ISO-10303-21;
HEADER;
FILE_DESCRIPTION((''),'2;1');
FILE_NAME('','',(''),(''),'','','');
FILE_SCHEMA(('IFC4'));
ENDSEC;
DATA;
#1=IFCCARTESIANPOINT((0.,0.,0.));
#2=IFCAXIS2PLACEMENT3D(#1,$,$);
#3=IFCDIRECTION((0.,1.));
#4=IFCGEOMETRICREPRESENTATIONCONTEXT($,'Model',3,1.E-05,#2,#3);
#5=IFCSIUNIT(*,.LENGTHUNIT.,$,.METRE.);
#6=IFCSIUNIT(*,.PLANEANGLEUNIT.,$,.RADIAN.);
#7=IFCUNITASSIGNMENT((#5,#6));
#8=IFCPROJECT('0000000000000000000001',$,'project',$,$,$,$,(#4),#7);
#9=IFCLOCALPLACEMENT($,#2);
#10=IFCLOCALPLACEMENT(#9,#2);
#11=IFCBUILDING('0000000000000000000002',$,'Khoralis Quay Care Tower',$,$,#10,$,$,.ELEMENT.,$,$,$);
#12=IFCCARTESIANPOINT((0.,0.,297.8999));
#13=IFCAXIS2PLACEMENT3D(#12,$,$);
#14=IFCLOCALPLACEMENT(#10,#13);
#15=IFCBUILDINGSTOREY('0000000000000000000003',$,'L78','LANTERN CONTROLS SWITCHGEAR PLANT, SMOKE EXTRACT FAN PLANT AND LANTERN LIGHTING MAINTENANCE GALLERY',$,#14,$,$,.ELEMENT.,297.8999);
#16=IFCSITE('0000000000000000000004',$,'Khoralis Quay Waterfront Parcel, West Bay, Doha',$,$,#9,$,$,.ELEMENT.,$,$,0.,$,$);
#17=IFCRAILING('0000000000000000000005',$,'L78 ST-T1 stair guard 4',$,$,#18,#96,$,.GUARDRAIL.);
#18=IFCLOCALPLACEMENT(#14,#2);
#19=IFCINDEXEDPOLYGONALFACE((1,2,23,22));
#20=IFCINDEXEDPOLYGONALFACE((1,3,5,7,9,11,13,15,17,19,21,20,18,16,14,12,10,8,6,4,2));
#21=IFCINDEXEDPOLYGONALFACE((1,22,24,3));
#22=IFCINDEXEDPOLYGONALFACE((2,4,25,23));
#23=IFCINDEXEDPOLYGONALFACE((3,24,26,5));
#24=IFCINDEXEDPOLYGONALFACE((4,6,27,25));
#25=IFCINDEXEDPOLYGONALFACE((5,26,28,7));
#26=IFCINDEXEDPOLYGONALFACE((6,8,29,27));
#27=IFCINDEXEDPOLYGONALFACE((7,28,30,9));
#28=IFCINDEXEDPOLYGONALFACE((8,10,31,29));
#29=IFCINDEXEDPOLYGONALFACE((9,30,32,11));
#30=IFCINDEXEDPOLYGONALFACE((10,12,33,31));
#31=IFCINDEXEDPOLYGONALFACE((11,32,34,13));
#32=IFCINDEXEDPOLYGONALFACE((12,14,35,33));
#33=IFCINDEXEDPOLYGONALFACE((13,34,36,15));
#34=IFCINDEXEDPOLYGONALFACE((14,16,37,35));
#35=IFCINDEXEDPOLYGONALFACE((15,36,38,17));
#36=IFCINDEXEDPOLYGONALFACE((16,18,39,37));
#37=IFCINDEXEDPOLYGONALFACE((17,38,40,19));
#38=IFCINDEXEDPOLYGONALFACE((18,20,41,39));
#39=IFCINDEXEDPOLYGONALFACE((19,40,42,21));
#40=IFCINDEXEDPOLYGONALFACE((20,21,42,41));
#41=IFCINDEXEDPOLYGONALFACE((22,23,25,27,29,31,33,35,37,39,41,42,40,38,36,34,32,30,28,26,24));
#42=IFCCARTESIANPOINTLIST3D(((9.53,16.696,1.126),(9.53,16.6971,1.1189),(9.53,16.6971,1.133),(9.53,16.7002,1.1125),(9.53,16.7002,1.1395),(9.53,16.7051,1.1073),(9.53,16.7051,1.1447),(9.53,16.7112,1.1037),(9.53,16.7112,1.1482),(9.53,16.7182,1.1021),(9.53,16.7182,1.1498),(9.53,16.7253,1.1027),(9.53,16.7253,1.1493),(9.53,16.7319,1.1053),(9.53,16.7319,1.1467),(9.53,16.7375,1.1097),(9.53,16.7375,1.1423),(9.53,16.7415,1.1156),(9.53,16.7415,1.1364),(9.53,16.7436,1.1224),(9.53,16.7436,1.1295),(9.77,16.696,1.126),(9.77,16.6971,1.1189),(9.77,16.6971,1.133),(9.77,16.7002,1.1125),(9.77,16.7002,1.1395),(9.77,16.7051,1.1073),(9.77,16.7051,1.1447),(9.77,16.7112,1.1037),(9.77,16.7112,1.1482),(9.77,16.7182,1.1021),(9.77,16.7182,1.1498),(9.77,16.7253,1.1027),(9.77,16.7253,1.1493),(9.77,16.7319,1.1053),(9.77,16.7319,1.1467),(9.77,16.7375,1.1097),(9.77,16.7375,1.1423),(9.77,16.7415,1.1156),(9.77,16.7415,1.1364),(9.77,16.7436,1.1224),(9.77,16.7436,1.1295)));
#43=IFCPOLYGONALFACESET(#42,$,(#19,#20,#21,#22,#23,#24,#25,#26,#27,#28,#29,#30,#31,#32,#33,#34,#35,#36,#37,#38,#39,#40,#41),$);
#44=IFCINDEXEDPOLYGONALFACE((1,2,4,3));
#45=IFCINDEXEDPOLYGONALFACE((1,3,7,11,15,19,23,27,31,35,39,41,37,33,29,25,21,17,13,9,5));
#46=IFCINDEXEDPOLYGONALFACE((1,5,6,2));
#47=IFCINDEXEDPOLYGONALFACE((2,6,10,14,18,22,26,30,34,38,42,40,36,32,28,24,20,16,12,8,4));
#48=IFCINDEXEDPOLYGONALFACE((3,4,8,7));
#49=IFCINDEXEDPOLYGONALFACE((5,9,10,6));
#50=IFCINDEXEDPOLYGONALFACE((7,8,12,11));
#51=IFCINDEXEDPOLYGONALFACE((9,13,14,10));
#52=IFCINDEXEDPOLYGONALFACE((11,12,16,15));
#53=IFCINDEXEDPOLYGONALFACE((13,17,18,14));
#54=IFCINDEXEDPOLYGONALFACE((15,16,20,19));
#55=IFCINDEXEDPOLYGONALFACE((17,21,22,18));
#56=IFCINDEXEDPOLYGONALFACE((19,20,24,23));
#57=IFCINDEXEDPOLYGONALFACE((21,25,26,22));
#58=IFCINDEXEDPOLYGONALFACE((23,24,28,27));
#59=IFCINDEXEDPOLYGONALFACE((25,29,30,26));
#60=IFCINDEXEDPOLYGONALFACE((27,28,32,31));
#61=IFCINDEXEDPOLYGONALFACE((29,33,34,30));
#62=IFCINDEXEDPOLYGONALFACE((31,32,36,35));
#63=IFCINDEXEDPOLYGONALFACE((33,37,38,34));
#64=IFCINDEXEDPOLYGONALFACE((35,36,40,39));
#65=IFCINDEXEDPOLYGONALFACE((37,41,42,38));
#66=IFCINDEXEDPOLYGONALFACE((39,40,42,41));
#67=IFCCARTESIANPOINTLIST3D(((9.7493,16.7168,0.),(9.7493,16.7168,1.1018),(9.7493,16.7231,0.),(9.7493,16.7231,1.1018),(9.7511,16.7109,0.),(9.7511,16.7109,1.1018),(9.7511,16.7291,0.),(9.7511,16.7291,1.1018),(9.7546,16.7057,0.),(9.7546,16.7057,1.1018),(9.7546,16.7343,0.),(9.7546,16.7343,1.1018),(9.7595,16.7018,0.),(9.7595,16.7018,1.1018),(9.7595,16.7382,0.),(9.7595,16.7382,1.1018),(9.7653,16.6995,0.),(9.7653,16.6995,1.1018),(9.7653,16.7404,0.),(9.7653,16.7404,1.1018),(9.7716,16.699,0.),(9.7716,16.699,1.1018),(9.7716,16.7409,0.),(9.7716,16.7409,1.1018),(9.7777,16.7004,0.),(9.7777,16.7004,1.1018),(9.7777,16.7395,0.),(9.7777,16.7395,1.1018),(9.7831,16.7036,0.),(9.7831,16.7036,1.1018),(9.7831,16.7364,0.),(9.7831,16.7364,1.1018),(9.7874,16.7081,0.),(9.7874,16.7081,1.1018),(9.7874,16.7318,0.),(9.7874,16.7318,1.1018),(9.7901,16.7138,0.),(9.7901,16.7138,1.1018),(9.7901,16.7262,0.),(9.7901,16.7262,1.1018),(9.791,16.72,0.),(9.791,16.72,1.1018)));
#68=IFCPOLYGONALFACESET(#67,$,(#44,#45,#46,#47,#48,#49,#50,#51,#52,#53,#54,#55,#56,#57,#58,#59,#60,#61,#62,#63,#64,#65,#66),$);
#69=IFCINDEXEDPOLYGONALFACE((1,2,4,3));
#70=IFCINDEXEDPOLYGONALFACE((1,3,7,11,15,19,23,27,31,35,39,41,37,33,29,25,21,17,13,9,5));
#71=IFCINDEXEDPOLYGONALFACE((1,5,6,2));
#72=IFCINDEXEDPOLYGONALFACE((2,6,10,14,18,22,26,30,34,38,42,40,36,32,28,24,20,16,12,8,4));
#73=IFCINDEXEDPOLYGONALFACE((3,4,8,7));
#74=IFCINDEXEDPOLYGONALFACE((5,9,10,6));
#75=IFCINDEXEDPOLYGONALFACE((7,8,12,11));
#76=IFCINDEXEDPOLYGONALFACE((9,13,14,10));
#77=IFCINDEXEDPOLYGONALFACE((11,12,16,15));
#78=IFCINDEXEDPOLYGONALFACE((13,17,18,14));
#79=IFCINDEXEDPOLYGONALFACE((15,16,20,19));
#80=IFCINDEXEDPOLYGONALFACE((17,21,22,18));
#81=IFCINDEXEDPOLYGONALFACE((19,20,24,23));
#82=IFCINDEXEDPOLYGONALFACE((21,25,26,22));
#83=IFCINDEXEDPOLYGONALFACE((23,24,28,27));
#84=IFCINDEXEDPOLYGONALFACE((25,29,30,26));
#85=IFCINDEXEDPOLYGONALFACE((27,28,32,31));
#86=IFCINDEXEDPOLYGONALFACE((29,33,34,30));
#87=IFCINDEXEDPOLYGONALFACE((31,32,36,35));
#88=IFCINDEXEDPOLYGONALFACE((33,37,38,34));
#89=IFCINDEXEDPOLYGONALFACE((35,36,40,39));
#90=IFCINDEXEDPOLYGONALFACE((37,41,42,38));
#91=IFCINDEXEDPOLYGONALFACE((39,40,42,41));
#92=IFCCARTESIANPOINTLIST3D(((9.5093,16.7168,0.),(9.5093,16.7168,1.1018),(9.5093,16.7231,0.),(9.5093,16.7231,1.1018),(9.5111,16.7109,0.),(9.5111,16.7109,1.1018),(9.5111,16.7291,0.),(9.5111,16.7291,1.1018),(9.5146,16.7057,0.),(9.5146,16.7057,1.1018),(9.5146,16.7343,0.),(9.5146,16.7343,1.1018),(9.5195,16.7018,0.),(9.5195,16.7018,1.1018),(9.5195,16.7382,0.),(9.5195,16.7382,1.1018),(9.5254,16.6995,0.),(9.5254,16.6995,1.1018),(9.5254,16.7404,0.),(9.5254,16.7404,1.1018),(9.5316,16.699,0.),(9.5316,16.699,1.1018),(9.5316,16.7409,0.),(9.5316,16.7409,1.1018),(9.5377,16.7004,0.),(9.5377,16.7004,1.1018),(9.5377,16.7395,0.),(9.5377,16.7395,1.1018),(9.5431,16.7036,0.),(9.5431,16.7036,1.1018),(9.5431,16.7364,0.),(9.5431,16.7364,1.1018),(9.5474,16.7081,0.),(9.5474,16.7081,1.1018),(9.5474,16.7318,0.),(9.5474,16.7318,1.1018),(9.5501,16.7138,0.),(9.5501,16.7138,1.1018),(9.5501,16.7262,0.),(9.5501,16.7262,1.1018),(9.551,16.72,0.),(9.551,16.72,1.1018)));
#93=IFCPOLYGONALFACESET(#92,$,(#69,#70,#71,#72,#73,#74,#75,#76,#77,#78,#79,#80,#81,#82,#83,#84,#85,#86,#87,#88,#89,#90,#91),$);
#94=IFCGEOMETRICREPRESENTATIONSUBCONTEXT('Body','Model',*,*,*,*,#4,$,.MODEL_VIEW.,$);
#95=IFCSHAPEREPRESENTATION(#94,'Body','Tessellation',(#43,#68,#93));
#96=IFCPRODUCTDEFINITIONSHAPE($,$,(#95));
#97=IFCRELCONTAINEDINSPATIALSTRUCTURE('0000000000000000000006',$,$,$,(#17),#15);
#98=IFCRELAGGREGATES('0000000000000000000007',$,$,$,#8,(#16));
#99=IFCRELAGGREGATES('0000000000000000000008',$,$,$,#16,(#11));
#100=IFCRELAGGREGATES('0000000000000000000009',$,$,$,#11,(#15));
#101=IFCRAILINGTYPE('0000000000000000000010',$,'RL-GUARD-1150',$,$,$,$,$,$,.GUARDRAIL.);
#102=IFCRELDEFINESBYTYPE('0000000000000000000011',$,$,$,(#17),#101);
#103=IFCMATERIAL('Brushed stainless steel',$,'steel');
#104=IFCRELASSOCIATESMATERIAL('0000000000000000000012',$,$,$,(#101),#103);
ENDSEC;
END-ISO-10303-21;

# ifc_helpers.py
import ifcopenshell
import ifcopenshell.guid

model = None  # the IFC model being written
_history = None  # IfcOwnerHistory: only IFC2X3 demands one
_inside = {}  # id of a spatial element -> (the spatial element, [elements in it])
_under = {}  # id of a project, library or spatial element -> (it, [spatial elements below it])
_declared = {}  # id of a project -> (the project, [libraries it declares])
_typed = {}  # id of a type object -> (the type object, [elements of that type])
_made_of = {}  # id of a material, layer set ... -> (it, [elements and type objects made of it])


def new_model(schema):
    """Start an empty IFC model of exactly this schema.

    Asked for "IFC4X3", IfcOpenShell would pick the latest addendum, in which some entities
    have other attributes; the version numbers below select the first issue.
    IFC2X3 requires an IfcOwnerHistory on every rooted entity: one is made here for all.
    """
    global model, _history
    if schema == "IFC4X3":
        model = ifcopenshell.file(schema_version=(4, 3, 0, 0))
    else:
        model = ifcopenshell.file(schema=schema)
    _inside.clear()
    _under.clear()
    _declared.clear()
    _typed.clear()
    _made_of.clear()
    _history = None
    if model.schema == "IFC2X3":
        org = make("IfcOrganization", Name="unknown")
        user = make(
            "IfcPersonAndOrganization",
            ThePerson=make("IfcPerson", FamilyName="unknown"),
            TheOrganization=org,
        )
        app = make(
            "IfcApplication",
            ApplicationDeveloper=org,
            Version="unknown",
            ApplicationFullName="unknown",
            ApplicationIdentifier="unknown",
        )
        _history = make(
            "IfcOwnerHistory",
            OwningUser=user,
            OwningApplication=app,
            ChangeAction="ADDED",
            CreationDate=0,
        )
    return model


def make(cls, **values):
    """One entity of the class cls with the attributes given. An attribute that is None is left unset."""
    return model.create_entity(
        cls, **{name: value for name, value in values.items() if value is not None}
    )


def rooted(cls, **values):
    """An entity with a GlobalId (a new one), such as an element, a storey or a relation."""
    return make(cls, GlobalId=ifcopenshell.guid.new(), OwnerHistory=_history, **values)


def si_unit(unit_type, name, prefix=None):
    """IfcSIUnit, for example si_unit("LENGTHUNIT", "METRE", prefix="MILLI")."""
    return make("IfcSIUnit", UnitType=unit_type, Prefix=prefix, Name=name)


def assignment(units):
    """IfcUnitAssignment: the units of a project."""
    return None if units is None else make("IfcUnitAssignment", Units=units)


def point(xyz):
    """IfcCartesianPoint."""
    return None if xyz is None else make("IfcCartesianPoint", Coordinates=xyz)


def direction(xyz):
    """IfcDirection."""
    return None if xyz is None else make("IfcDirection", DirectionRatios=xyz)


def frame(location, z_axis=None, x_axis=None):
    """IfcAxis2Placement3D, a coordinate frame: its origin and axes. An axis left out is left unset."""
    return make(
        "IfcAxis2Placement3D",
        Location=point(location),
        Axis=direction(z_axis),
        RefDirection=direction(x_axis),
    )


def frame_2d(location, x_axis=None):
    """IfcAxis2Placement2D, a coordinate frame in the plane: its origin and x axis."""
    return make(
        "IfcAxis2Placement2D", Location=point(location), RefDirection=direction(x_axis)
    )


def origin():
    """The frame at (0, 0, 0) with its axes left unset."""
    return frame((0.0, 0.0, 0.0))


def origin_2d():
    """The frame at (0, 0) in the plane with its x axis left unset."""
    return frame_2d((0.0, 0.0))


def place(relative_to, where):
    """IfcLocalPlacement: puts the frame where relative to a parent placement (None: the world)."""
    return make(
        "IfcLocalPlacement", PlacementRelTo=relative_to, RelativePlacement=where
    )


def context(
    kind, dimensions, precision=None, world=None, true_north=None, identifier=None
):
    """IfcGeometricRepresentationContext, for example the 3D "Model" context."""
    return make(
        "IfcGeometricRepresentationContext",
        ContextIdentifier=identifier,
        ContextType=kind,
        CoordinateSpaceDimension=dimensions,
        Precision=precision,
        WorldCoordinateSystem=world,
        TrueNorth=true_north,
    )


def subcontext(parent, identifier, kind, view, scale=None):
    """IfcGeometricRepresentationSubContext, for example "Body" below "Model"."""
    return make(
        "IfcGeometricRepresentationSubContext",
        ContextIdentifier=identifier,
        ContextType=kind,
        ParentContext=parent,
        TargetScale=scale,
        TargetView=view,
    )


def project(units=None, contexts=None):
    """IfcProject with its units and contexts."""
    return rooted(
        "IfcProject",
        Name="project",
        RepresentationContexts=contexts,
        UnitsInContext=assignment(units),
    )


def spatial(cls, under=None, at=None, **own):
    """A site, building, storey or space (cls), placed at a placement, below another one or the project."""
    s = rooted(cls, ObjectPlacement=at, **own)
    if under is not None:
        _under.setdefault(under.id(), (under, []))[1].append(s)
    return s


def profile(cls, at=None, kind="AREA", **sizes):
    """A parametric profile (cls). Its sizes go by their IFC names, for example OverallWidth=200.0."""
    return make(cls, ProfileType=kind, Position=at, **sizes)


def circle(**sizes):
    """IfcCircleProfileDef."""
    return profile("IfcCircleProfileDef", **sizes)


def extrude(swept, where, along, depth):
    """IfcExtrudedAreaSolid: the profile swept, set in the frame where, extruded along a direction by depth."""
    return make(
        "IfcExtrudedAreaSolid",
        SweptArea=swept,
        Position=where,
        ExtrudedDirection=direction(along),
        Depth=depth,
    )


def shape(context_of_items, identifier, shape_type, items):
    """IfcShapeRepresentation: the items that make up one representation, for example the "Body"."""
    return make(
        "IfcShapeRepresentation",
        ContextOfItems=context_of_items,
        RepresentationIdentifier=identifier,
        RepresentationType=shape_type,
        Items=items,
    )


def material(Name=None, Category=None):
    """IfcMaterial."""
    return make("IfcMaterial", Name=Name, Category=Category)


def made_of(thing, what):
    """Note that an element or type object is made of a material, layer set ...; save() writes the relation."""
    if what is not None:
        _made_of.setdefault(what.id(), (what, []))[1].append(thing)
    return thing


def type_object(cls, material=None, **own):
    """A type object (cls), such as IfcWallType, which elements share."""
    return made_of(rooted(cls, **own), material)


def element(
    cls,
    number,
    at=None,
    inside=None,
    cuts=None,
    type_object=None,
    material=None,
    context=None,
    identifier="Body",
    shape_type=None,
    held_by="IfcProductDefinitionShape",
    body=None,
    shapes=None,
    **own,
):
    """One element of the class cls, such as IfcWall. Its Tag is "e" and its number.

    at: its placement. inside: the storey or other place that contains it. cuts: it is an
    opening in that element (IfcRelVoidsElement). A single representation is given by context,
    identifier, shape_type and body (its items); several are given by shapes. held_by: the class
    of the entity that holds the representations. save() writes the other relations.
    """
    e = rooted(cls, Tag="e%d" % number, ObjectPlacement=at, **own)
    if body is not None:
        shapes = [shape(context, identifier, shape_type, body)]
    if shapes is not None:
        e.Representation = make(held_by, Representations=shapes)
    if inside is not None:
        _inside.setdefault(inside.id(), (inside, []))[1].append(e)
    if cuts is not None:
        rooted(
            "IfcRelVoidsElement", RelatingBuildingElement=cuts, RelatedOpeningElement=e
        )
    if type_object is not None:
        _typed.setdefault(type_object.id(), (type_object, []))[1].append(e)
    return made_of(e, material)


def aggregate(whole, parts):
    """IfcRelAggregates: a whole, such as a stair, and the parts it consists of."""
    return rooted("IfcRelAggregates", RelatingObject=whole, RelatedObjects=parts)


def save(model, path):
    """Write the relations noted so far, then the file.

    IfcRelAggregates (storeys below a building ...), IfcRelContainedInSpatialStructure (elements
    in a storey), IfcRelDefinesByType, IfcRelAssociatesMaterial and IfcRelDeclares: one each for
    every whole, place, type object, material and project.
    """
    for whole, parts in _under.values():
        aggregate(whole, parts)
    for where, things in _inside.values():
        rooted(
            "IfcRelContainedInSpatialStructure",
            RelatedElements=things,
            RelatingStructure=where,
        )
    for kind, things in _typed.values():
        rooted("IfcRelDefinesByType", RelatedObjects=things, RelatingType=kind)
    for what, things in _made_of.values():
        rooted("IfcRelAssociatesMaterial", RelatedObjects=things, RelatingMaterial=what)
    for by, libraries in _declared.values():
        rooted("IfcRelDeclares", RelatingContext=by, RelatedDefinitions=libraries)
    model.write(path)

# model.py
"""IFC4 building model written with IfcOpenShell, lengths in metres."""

from ifc_helpers import new_model, si_unit, direction, frame, origin, origin_2d, place, context, subcontext, project, spatial, circle, extrude, material, type_object, element, save


model = new_model("IFC4")

# Units and contexts
model_context = context("Model", 3, precision=1e-05, world=origin(), true_north=direction((0.0, 1.0)))
body_context = subcontext(model_context, "Body", "Model", "MODEL_VIEW")
ifc_project = project(units=[si_unit("LENGTHUNIT", "METRE"), si_unit("PLANEANGLEUNIT", "RADIAN")], contexts=[model_context])

# Site, building, storey
site_placement = place(None, origin())
site = spatial("IfcSite", under=ifc_project, at=site_placement, Name="Khoralis Quay Waterfront Parcel, West Bay, Doha", CompositionType="ELEMENT", RefElevation=0.0)
building_placement = place(site_placement, origin())
building = spatial("IfcBuilding", under=site, at=building_placement, Name="Khoralis Quay Care Tower", CompositionType="ELEMENT")
storey_placement = place(building_placement, frame((0.0, 0.0, 297.8999)))
storey = spatial("IfcBuildingStorey", under=building, at=storey_placement, Name="L78", Description="LANTERN CONTROLS SWITCHGEAR PLANT, SMOKE EXTRACT FAN PLANT AND LANTERN LIGHTING MAINTENANCE GALLERY", CompositionType="ELEMENT", Elevation=297.8999)

# Shared definitions
ifc_material_1 = material(Name="Brushed stainless steel", Category="steel")

# Railing
railing_type = type_object("IfcRailingType", Name="RL-GUARD-1150", PredefinedType="GUARDRAIL", material=ifc_material_1)
railing_1_placement = place(storey_placement, frame((9.77, 16.72, 0.0)))
element("IfcRailing", 1, at=railing_1_placement, inside=storey, type_object=railing_type, Name="L78 ST-T1 stair guard 4", PredefinedType="GUARDRAIL", context=body_context, shape_type="SweptSolid", body=[
    extrude(circle(Radius=0.0239, at=origin_2d()), frame((0.0, 0.0, 1.126), z_axis=(-1.0, 0.0, 0.0), x_axis=(0.0, -1.0, 0.0)), (0.0, 0.0, 1.0), 0.24),
    extrude(circle(Radius=0.021, at=origin_2d()), origin(), (0.0, 0.0, 1.0), 1.1018),
    extrude(circle(Radius=0.021, at=origin_2d()), frame((-0.24, 0.0, 0.0)), (0.0, 0.0, 1.0), 1.1018),
])

save(model, "model.ifc")
